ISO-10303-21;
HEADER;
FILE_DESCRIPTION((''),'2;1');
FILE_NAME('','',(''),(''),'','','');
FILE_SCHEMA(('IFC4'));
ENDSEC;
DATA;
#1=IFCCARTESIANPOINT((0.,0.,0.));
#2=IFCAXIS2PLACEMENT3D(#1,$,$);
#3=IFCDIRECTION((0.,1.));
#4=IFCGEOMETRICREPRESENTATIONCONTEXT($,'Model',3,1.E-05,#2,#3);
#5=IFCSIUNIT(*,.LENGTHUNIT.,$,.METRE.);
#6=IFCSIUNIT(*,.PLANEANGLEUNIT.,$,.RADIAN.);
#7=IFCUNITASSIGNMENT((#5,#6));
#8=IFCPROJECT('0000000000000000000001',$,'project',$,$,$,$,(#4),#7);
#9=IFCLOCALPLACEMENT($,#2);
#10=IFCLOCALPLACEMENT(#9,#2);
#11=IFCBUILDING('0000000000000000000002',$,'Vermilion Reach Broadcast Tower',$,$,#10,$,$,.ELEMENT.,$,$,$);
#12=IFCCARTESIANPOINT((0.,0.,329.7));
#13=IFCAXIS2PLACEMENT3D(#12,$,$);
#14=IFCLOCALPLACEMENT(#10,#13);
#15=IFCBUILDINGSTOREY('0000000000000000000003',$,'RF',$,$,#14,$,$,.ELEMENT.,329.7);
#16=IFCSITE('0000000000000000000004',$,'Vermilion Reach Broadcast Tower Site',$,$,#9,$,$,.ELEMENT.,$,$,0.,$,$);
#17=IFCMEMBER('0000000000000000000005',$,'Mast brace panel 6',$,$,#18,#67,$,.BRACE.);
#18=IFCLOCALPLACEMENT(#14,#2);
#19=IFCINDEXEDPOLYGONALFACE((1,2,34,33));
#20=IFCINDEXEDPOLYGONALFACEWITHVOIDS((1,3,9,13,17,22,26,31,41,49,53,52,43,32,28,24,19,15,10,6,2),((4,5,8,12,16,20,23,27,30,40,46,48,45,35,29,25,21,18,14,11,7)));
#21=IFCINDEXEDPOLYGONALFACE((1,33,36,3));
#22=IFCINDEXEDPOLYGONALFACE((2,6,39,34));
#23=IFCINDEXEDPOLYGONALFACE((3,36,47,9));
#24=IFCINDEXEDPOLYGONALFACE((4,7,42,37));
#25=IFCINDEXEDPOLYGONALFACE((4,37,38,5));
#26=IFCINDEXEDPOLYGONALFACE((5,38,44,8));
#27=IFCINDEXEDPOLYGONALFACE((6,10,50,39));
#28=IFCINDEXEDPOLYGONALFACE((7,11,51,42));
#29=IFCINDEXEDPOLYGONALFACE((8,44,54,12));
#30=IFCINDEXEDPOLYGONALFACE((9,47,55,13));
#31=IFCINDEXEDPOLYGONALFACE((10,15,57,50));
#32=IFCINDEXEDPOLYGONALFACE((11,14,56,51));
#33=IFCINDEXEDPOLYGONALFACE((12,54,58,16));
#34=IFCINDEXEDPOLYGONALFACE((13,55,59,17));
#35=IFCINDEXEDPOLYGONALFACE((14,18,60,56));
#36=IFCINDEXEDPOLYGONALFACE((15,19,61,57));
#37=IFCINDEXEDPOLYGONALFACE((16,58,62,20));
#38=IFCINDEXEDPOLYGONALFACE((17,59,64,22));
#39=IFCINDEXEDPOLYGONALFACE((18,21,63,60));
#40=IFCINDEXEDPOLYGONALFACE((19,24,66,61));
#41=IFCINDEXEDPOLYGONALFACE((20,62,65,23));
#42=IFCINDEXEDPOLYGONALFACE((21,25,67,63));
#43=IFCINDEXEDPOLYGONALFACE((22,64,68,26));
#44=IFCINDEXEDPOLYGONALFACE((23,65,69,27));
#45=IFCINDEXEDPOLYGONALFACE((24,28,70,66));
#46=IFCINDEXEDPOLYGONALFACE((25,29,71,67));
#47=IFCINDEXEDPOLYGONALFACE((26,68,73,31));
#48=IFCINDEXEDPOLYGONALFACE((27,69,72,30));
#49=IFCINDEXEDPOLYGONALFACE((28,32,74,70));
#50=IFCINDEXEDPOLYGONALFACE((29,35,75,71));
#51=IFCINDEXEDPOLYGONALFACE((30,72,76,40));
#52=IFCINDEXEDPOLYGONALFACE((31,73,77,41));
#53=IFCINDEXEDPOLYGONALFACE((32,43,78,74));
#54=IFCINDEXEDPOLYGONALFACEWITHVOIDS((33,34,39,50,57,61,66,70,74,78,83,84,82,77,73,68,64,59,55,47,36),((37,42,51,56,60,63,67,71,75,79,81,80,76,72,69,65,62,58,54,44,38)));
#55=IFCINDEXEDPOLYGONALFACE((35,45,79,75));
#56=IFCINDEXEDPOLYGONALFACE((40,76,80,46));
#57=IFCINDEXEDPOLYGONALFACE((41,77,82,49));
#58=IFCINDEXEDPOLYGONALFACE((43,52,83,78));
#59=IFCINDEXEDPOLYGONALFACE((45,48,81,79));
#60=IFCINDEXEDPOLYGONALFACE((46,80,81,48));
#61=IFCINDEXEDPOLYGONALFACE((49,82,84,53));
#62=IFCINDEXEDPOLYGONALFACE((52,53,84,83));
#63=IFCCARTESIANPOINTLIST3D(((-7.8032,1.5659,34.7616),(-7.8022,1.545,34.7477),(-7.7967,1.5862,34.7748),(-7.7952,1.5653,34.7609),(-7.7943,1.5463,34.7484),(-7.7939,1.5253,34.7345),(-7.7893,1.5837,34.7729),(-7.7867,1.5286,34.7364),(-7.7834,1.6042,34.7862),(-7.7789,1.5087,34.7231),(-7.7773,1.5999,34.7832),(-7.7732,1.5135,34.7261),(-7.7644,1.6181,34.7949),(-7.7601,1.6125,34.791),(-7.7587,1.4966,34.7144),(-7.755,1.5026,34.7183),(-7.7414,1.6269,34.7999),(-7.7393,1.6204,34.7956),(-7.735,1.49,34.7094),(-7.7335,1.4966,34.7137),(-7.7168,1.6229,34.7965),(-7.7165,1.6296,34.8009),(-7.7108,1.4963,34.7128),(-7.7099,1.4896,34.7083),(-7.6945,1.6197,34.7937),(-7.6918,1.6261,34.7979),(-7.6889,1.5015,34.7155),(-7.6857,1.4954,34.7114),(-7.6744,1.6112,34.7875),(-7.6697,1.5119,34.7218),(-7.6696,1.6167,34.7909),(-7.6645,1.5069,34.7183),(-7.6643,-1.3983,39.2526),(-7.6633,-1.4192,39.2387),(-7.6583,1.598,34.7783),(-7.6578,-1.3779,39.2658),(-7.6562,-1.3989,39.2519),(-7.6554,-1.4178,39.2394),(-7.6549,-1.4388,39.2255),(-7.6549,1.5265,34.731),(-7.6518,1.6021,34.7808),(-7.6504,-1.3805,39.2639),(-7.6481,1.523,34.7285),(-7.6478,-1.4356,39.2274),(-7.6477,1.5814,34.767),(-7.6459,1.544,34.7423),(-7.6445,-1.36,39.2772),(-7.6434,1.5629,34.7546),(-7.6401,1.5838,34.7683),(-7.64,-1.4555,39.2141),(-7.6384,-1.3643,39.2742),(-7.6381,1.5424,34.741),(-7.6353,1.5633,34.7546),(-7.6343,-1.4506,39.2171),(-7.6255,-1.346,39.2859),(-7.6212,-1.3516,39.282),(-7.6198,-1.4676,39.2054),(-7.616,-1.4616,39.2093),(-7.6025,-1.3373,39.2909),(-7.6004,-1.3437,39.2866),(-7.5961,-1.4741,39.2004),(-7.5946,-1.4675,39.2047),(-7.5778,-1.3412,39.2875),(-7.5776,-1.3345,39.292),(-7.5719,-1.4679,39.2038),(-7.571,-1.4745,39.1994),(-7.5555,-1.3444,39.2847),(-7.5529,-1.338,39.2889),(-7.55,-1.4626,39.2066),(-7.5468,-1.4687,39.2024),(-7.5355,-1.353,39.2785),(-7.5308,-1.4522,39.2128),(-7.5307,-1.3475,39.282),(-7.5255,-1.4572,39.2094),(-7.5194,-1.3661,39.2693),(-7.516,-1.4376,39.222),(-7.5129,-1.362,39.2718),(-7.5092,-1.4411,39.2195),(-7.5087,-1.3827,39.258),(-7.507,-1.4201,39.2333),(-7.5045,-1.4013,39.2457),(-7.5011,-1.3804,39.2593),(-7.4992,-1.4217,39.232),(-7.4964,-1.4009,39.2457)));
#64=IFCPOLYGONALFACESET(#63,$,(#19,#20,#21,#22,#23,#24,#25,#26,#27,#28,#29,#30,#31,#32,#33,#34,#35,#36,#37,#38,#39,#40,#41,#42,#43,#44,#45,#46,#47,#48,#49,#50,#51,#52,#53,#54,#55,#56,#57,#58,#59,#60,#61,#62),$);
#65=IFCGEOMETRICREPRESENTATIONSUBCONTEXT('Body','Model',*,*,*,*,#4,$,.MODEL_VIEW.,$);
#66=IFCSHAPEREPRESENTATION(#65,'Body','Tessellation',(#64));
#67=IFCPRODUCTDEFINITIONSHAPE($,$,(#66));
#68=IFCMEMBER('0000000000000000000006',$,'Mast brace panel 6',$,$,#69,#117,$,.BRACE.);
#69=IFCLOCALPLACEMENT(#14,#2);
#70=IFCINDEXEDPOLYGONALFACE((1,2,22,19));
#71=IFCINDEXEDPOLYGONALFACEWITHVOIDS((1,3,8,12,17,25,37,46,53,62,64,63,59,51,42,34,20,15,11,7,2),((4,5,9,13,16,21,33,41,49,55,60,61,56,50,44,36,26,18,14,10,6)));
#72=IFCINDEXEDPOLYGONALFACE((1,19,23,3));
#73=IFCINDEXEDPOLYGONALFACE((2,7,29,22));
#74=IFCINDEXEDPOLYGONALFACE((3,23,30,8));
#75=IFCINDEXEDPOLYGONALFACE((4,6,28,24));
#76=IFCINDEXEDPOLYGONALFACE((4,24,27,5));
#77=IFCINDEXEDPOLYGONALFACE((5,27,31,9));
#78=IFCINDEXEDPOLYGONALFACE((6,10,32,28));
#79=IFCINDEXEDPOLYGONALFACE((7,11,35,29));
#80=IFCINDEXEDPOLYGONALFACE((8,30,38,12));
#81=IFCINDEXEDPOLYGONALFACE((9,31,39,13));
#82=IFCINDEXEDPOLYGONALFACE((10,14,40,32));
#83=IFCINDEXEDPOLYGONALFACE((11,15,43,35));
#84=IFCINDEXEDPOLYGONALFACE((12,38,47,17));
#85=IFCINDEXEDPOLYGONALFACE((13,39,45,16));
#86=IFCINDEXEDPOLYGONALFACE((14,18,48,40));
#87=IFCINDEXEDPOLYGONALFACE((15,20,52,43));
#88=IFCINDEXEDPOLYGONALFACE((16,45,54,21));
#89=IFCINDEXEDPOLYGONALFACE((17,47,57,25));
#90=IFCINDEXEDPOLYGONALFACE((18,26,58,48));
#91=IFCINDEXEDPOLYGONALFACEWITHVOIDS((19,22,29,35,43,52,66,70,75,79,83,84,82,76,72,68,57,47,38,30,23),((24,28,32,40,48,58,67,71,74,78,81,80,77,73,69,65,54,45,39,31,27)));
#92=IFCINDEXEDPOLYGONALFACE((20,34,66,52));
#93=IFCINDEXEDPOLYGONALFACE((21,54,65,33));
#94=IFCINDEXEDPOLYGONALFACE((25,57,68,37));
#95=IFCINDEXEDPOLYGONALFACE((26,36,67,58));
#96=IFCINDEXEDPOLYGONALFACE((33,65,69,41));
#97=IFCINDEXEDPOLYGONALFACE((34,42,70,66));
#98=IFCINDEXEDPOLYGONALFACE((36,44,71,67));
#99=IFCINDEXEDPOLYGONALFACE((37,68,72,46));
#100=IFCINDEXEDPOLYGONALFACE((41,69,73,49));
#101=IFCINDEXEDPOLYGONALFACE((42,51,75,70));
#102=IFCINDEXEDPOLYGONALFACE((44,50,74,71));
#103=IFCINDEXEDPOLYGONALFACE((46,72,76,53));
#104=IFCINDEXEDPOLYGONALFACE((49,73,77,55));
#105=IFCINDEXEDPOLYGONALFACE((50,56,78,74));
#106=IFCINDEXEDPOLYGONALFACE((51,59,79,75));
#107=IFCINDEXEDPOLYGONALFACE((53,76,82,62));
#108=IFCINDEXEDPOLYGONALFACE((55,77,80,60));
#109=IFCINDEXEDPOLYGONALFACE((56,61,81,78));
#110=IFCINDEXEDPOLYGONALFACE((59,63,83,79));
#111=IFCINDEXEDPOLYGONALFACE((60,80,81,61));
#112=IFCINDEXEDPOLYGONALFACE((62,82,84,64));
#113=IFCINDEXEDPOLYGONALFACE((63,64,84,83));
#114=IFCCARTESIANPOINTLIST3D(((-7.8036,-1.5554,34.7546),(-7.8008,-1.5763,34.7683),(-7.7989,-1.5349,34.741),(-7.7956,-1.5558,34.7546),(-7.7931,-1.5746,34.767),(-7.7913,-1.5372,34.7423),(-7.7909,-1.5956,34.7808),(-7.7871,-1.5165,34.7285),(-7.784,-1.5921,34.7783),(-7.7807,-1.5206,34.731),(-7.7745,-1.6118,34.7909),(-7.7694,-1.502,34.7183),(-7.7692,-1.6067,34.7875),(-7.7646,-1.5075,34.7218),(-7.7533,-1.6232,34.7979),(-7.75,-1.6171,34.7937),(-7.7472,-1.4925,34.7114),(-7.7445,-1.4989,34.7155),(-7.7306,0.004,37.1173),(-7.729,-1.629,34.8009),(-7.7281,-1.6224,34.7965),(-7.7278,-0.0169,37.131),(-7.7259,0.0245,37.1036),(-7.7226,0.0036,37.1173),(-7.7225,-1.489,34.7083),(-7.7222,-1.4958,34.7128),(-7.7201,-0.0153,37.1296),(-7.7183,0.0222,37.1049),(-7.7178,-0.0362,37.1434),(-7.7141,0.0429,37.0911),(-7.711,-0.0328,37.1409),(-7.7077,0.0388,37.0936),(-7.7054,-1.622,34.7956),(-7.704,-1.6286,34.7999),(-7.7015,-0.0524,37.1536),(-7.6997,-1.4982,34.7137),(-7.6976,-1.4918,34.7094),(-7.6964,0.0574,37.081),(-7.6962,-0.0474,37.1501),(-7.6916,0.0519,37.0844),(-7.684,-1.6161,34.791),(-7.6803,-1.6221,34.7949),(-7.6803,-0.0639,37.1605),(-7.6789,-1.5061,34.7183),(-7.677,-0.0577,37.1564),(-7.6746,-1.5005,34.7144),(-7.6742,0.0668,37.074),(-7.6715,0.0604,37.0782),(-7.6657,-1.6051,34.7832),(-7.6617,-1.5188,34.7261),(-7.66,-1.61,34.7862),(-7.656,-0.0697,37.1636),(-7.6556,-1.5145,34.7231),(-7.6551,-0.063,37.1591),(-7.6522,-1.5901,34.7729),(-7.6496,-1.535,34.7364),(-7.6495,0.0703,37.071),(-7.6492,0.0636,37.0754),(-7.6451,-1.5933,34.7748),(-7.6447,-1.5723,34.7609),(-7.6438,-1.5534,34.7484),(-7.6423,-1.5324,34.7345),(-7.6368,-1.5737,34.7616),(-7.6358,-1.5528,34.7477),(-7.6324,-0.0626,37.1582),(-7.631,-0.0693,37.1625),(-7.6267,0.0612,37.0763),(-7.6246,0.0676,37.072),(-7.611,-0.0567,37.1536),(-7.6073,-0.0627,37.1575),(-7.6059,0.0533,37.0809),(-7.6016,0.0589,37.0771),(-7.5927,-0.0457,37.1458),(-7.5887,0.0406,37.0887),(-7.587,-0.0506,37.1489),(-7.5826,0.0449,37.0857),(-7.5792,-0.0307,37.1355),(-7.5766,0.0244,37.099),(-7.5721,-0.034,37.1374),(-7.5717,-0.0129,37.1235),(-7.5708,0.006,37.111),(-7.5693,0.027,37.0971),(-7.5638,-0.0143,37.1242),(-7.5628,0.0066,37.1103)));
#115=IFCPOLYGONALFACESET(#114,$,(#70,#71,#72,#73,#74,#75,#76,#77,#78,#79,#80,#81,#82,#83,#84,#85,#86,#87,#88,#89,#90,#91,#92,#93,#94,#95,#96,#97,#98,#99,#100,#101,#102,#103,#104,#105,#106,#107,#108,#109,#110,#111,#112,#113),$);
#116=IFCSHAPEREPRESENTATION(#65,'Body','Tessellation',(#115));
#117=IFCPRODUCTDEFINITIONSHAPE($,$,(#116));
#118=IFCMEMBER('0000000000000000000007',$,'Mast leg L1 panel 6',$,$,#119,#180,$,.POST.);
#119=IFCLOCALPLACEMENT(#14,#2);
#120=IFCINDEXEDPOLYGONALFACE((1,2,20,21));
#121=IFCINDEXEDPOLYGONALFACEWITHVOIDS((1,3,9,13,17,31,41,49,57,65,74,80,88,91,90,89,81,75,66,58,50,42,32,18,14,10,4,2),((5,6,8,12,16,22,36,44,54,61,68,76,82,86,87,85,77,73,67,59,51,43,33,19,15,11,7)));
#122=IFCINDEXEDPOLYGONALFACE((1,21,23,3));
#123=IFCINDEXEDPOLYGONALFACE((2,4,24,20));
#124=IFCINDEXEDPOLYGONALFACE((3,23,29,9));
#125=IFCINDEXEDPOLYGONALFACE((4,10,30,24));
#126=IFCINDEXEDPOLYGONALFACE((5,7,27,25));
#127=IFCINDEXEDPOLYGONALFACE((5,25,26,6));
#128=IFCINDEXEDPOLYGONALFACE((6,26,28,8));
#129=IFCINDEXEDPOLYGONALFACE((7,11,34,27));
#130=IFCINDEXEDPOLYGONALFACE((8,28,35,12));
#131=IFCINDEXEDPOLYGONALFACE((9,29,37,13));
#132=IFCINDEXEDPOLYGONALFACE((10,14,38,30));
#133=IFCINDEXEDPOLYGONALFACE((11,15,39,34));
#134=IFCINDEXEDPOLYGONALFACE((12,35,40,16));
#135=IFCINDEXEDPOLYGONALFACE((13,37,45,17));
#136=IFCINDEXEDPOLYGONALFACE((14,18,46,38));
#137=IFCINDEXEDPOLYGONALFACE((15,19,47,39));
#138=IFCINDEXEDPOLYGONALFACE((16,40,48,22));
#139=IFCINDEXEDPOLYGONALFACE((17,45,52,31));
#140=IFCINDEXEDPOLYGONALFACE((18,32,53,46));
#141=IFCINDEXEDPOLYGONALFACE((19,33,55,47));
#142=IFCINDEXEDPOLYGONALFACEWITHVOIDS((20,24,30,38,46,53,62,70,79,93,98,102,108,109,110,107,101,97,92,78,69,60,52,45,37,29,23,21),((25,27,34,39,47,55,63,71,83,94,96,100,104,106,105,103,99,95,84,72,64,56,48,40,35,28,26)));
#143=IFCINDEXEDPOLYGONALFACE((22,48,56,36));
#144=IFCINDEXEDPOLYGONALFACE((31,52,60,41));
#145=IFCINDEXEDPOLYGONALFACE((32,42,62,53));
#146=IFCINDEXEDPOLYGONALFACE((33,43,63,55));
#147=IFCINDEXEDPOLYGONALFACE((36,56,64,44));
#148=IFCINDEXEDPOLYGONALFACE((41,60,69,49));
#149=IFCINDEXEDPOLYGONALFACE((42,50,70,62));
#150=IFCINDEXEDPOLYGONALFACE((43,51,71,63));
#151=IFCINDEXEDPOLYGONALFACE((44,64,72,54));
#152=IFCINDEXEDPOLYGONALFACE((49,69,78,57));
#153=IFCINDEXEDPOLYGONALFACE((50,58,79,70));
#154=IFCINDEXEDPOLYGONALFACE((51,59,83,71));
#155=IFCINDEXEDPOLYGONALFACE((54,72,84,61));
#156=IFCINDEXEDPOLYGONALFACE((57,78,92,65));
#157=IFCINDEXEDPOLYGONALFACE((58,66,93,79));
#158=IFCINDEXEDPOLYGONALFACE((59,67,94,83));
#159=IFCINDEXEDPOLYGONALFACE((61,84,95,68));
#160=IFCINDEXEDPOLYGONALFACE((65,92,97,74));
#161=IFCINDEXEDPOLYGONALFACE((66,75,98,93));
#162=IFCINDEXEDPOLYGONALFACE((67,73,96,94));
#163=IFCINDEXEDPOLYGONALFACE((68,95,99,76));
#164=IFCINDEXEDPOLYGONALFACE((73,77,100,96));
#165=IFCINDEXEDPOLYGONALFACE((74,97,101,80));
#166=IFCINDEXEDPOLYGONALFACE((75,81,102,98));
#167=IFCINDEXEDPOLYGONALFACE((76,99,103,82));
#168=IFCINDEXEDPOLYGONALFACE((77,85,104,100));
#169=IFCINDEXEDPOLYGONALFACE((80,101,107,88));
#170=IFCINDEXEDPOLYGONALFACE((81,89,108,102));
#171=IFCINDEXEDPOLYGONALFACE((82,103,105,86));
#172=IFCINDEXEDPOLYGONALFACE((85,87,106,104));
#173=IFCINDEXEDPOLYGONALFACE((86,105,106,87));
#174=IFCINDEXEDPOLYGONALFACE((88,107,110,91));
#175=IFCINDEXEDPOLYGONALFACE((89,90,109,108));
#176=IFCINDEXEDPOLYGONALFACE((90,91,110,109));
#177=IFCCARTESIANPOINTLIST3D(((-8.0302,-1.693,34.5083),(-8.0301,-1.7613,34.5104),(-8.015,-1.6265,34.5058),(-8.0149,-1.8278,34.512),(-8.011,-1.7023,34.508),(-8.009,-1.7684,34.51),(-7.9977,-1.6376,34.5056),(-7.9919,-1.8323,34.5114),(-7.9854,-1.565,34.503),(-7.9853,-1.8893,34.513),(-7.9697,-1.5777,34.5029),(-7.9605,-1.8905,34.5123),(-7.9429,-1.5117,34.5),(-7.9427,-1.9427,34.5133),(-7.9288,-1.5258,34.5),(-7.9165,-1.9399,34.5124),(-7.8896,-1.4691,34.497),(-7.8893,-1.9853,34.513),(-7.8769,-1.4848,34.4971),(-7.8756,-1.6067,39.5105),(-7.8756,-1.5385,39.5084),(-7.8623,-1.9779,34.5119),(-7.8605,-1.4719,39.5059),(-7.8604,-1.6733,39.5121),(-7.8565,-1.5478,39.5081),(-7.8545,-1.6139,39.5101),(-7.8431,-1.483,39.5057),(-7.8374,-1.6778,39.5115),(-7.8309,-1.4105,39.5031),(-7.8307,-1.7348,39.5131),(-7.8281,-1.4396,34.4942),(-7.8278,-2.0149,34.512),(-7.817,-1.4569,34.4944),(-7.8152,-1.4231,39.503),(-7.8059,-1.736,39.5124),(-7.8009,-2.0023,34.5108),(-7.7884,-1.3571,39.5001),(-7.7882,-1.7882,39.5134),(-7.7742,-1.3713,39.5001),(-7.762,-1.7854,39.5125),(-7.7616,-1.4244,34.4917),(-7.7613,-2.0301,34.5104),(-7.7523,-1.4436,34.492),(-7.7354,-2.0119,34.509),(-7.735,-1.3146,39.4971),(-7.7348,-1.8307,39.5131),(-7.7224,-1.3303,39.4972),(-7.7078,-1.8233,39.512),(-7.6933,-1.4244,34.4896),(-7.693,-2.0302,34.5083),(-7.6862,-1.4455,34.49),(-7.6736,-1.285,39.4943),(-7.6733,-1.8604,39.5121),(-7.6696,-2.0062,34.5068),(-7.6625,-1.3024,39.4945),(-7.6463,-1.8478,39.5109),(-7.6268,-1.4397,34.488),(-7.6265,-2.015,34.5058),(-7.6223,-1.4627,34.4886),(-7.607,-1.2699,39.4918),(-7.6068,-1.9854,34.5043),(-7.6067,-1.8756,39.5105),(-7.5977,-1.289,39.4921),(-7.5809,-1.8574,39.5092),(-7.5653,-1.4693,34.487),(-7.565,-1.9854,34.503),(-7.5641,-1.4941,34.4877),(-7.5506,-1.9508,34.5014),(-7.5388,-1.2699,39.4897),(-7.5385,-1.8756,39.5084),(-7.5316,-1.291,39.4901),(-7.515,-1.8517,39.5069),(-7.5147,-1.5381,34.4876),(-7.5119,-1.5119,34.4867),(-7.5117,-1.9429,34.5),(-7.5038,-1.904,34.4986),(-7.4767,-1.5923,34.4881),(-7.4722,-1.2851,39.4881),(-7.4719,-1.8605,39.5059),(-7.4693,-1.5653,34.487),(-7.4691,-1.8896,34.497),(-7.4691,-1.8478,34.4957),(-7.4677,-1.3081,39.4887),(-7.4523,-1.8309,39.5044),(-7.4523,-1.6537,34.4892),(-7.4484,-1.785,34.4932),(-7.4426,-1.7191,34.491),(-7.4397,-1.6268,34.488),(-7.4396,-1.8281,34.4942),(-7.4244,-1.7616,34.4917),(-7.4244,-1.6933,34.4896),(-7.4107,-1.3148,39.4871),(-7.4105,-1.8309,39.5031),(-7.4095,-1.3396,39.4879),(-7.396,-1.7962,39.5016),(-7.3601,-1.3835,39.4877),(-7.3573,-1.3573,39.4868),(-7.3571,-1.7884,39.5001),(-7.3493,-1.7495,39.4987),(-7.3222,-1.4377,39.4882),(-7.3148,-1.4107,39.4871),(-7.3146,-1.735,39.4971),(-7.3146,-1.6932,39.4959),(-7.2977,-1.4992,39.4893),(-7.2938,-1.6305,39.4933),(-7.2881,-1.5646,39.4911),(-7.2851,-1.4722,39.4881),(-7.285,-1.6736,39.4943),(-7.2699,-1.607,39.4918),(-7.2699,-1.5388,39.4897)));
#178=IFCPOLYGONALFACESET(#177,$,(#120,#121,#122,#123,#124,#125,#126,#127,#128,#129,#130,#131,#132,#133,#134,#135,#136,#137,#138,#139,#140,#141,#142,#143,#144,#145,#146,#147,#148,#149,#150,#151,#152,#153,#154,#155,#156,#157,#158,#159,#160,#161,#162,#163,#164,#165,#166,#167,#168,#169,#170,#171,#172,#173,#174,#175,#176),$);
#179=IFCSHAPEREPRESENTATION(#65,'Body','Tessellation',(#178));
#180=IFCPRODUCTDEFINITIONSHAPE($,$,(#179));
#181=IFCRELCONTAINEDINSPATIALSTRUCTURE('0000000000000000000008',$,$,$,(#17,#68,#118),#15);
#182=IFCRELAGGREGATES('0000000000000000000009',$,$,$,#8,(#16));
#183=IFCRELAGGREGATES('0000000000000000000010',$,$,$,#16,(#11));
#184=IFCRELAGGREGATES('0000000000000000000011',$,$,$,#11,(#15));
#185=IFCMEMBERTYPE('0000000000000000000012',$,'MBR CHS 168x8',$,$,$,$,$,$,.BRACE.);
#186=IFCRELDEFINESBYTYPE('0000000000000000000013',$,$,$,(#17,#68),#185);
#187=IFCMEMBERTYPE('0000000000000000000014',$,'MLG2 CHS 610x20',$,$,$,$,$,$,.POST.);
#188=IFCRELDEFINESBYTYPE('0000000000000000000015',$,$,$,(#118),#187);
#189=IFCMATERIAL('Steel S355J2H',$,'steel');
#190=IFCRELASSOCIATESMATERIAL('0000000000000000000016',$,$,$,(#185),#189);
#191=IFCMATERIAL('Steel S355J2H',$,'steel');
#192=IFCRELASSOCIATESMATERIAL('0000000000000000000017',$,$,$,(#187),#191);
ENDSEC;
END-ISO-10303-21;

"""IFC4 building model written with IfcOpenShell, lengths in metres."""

from ifc_helpers import new_model, si_unit, direction, frame, origin, origin_2d, place, context, subcontext, project, spatial, hollow_circle, extrude, material, material_profile, profile_set, type_object, element, save


model = new_model("IFC4")

# Units and contexts
model_context = context("Model", 3, precision=1e-05, world=origin(), true_north=direction((0.0, 1.0)))
body_context = subcontext(model_context, "Body", "Model", "MODEL_VIEW")
ifc_project = project(units=[si_unit("LENGTHUNIT", "METRE"), si_unit("PLANEANGLEUNIT", "RADIAN")], contexts=[model_context])

# Site, building, storey
site_placement = place(None, origin())
site = spatial("IfcSite", under=ifc_project, at=site_placement, Name="Vermilion Reach Broadcast Tower Site", CompositionType="ELEMENT", RefElevation=0.0)
building_placement = place(site_placement, origin())
building = spatial("IfcBuilding", under=site, at=building_placement, Name="Vermilion Reach Broadcast Tower", CompositionType="ELEMENT")
storey_placement = place(building_placement, frame((0.0, 0.0, 329.7)))
storey = spatial("IfcBuildingStorey", under=building, at=storey_placement, Name="RF", CompositionType="ELEMENT", Elevation=329.7)

# Members
ifc_material_1 = material(Name="Steel S355J2H", Category="steel")
ifc_material_profile_1 = material_profile(ifc_material_1, hollow_circle(Radius=0.0842, WallThickness=0.0081, at=origin_2d()), Name="S355J2H CHS 168x8")
ifc_profile_set_1 = profile_set([ifc_material_profile_1], Name="Steel S355J2H")
member_type_1 = type_object("IfcMemberType", Name="MBR CHS 168x8", PredefinedType="BRACE", material=ifc_profile_set_1)
member_1_placement = place(storey_placement, frame((-7.7195, 1.5593, 34.7546), z_axis=(0.025808, -0.550668, 0.834325), x_axis=(0.998904, 0.046815, 0.0)))
element("IfcMember", 1, at=member_1_placement, inside=storey, type_object=member_type_1, Name="Mast brace panel 6", PredefinedType="BRACE", context=body_context, shape_type="SweptSolid", body=[
    extrude(hollow_circle(Radius=0.0842, WallThickness=0.0081, at=origin_2d()), origin(), (0.0, 0.0, 1.0), 5.3828),
])
member_2_placement = place(storey_placement, frame((-7.7195, -1.5593, 34.7546), z_axis=(0.025779, 0.55067, 0.834325), x_axis=(-0.998906, 0.046763, 0.0)))
element("IfcMember", 2, at=member_2_placement, inside=storey, type_object=member_type_1, Name="Mast brace panel 6", PredefinedType="BRACE", context=body_context, shape_type="SweptSolid", body=[
    extrude(hollow_circle(Radius=0.0842, WallThickness=0.0081, at=origin_2d()), origin(), (0.0, 0.0, 1.0), 2.8318),
])
ifc_material_2 = material(Name="Steel S355J2H", Category="steel")
ifc_material_profile_2 = material_profile(ifc_material_2, hollow_circle(Radius=0.3049, WallThickness=0.02, at=origin_2d()), Name="S355J2H CHS 610x20")
ifc_profile_set_2 = profile_set([ifc_material_profile_2], Name="Steel S355J2H")
member_type_2 = type_object("IfcMemberType", Name="MLG2 CHS 610x20", PredefinedType="POST", material=ifc_profile_set_2)
for number, where, z_axis, x_axis, name in (
    (3, (-7.7273, -1.7273, 34.5), (0.030879, 0.030879, 0.999046), (-0.707107, 0.707107, 0.0), "Mast leg L1 panel 6"),
):
    element("IfcMember", number, at=place(storey_placement, frame(where, z_axis=z_axis, x_axis=x_axis)), inside=storey, type_object=member_type_2, Name=name, PredefinedType="POST", context=body_context, shape_type="SweptSolid", body=[
        extrude(hollow_circle(Radius=0.3049, WallThickness=0.02, at=origin_2d()), origin(), (0.0, 0.0, 1.0), 5.0049),
    ])

save(model, "model.ifc")
